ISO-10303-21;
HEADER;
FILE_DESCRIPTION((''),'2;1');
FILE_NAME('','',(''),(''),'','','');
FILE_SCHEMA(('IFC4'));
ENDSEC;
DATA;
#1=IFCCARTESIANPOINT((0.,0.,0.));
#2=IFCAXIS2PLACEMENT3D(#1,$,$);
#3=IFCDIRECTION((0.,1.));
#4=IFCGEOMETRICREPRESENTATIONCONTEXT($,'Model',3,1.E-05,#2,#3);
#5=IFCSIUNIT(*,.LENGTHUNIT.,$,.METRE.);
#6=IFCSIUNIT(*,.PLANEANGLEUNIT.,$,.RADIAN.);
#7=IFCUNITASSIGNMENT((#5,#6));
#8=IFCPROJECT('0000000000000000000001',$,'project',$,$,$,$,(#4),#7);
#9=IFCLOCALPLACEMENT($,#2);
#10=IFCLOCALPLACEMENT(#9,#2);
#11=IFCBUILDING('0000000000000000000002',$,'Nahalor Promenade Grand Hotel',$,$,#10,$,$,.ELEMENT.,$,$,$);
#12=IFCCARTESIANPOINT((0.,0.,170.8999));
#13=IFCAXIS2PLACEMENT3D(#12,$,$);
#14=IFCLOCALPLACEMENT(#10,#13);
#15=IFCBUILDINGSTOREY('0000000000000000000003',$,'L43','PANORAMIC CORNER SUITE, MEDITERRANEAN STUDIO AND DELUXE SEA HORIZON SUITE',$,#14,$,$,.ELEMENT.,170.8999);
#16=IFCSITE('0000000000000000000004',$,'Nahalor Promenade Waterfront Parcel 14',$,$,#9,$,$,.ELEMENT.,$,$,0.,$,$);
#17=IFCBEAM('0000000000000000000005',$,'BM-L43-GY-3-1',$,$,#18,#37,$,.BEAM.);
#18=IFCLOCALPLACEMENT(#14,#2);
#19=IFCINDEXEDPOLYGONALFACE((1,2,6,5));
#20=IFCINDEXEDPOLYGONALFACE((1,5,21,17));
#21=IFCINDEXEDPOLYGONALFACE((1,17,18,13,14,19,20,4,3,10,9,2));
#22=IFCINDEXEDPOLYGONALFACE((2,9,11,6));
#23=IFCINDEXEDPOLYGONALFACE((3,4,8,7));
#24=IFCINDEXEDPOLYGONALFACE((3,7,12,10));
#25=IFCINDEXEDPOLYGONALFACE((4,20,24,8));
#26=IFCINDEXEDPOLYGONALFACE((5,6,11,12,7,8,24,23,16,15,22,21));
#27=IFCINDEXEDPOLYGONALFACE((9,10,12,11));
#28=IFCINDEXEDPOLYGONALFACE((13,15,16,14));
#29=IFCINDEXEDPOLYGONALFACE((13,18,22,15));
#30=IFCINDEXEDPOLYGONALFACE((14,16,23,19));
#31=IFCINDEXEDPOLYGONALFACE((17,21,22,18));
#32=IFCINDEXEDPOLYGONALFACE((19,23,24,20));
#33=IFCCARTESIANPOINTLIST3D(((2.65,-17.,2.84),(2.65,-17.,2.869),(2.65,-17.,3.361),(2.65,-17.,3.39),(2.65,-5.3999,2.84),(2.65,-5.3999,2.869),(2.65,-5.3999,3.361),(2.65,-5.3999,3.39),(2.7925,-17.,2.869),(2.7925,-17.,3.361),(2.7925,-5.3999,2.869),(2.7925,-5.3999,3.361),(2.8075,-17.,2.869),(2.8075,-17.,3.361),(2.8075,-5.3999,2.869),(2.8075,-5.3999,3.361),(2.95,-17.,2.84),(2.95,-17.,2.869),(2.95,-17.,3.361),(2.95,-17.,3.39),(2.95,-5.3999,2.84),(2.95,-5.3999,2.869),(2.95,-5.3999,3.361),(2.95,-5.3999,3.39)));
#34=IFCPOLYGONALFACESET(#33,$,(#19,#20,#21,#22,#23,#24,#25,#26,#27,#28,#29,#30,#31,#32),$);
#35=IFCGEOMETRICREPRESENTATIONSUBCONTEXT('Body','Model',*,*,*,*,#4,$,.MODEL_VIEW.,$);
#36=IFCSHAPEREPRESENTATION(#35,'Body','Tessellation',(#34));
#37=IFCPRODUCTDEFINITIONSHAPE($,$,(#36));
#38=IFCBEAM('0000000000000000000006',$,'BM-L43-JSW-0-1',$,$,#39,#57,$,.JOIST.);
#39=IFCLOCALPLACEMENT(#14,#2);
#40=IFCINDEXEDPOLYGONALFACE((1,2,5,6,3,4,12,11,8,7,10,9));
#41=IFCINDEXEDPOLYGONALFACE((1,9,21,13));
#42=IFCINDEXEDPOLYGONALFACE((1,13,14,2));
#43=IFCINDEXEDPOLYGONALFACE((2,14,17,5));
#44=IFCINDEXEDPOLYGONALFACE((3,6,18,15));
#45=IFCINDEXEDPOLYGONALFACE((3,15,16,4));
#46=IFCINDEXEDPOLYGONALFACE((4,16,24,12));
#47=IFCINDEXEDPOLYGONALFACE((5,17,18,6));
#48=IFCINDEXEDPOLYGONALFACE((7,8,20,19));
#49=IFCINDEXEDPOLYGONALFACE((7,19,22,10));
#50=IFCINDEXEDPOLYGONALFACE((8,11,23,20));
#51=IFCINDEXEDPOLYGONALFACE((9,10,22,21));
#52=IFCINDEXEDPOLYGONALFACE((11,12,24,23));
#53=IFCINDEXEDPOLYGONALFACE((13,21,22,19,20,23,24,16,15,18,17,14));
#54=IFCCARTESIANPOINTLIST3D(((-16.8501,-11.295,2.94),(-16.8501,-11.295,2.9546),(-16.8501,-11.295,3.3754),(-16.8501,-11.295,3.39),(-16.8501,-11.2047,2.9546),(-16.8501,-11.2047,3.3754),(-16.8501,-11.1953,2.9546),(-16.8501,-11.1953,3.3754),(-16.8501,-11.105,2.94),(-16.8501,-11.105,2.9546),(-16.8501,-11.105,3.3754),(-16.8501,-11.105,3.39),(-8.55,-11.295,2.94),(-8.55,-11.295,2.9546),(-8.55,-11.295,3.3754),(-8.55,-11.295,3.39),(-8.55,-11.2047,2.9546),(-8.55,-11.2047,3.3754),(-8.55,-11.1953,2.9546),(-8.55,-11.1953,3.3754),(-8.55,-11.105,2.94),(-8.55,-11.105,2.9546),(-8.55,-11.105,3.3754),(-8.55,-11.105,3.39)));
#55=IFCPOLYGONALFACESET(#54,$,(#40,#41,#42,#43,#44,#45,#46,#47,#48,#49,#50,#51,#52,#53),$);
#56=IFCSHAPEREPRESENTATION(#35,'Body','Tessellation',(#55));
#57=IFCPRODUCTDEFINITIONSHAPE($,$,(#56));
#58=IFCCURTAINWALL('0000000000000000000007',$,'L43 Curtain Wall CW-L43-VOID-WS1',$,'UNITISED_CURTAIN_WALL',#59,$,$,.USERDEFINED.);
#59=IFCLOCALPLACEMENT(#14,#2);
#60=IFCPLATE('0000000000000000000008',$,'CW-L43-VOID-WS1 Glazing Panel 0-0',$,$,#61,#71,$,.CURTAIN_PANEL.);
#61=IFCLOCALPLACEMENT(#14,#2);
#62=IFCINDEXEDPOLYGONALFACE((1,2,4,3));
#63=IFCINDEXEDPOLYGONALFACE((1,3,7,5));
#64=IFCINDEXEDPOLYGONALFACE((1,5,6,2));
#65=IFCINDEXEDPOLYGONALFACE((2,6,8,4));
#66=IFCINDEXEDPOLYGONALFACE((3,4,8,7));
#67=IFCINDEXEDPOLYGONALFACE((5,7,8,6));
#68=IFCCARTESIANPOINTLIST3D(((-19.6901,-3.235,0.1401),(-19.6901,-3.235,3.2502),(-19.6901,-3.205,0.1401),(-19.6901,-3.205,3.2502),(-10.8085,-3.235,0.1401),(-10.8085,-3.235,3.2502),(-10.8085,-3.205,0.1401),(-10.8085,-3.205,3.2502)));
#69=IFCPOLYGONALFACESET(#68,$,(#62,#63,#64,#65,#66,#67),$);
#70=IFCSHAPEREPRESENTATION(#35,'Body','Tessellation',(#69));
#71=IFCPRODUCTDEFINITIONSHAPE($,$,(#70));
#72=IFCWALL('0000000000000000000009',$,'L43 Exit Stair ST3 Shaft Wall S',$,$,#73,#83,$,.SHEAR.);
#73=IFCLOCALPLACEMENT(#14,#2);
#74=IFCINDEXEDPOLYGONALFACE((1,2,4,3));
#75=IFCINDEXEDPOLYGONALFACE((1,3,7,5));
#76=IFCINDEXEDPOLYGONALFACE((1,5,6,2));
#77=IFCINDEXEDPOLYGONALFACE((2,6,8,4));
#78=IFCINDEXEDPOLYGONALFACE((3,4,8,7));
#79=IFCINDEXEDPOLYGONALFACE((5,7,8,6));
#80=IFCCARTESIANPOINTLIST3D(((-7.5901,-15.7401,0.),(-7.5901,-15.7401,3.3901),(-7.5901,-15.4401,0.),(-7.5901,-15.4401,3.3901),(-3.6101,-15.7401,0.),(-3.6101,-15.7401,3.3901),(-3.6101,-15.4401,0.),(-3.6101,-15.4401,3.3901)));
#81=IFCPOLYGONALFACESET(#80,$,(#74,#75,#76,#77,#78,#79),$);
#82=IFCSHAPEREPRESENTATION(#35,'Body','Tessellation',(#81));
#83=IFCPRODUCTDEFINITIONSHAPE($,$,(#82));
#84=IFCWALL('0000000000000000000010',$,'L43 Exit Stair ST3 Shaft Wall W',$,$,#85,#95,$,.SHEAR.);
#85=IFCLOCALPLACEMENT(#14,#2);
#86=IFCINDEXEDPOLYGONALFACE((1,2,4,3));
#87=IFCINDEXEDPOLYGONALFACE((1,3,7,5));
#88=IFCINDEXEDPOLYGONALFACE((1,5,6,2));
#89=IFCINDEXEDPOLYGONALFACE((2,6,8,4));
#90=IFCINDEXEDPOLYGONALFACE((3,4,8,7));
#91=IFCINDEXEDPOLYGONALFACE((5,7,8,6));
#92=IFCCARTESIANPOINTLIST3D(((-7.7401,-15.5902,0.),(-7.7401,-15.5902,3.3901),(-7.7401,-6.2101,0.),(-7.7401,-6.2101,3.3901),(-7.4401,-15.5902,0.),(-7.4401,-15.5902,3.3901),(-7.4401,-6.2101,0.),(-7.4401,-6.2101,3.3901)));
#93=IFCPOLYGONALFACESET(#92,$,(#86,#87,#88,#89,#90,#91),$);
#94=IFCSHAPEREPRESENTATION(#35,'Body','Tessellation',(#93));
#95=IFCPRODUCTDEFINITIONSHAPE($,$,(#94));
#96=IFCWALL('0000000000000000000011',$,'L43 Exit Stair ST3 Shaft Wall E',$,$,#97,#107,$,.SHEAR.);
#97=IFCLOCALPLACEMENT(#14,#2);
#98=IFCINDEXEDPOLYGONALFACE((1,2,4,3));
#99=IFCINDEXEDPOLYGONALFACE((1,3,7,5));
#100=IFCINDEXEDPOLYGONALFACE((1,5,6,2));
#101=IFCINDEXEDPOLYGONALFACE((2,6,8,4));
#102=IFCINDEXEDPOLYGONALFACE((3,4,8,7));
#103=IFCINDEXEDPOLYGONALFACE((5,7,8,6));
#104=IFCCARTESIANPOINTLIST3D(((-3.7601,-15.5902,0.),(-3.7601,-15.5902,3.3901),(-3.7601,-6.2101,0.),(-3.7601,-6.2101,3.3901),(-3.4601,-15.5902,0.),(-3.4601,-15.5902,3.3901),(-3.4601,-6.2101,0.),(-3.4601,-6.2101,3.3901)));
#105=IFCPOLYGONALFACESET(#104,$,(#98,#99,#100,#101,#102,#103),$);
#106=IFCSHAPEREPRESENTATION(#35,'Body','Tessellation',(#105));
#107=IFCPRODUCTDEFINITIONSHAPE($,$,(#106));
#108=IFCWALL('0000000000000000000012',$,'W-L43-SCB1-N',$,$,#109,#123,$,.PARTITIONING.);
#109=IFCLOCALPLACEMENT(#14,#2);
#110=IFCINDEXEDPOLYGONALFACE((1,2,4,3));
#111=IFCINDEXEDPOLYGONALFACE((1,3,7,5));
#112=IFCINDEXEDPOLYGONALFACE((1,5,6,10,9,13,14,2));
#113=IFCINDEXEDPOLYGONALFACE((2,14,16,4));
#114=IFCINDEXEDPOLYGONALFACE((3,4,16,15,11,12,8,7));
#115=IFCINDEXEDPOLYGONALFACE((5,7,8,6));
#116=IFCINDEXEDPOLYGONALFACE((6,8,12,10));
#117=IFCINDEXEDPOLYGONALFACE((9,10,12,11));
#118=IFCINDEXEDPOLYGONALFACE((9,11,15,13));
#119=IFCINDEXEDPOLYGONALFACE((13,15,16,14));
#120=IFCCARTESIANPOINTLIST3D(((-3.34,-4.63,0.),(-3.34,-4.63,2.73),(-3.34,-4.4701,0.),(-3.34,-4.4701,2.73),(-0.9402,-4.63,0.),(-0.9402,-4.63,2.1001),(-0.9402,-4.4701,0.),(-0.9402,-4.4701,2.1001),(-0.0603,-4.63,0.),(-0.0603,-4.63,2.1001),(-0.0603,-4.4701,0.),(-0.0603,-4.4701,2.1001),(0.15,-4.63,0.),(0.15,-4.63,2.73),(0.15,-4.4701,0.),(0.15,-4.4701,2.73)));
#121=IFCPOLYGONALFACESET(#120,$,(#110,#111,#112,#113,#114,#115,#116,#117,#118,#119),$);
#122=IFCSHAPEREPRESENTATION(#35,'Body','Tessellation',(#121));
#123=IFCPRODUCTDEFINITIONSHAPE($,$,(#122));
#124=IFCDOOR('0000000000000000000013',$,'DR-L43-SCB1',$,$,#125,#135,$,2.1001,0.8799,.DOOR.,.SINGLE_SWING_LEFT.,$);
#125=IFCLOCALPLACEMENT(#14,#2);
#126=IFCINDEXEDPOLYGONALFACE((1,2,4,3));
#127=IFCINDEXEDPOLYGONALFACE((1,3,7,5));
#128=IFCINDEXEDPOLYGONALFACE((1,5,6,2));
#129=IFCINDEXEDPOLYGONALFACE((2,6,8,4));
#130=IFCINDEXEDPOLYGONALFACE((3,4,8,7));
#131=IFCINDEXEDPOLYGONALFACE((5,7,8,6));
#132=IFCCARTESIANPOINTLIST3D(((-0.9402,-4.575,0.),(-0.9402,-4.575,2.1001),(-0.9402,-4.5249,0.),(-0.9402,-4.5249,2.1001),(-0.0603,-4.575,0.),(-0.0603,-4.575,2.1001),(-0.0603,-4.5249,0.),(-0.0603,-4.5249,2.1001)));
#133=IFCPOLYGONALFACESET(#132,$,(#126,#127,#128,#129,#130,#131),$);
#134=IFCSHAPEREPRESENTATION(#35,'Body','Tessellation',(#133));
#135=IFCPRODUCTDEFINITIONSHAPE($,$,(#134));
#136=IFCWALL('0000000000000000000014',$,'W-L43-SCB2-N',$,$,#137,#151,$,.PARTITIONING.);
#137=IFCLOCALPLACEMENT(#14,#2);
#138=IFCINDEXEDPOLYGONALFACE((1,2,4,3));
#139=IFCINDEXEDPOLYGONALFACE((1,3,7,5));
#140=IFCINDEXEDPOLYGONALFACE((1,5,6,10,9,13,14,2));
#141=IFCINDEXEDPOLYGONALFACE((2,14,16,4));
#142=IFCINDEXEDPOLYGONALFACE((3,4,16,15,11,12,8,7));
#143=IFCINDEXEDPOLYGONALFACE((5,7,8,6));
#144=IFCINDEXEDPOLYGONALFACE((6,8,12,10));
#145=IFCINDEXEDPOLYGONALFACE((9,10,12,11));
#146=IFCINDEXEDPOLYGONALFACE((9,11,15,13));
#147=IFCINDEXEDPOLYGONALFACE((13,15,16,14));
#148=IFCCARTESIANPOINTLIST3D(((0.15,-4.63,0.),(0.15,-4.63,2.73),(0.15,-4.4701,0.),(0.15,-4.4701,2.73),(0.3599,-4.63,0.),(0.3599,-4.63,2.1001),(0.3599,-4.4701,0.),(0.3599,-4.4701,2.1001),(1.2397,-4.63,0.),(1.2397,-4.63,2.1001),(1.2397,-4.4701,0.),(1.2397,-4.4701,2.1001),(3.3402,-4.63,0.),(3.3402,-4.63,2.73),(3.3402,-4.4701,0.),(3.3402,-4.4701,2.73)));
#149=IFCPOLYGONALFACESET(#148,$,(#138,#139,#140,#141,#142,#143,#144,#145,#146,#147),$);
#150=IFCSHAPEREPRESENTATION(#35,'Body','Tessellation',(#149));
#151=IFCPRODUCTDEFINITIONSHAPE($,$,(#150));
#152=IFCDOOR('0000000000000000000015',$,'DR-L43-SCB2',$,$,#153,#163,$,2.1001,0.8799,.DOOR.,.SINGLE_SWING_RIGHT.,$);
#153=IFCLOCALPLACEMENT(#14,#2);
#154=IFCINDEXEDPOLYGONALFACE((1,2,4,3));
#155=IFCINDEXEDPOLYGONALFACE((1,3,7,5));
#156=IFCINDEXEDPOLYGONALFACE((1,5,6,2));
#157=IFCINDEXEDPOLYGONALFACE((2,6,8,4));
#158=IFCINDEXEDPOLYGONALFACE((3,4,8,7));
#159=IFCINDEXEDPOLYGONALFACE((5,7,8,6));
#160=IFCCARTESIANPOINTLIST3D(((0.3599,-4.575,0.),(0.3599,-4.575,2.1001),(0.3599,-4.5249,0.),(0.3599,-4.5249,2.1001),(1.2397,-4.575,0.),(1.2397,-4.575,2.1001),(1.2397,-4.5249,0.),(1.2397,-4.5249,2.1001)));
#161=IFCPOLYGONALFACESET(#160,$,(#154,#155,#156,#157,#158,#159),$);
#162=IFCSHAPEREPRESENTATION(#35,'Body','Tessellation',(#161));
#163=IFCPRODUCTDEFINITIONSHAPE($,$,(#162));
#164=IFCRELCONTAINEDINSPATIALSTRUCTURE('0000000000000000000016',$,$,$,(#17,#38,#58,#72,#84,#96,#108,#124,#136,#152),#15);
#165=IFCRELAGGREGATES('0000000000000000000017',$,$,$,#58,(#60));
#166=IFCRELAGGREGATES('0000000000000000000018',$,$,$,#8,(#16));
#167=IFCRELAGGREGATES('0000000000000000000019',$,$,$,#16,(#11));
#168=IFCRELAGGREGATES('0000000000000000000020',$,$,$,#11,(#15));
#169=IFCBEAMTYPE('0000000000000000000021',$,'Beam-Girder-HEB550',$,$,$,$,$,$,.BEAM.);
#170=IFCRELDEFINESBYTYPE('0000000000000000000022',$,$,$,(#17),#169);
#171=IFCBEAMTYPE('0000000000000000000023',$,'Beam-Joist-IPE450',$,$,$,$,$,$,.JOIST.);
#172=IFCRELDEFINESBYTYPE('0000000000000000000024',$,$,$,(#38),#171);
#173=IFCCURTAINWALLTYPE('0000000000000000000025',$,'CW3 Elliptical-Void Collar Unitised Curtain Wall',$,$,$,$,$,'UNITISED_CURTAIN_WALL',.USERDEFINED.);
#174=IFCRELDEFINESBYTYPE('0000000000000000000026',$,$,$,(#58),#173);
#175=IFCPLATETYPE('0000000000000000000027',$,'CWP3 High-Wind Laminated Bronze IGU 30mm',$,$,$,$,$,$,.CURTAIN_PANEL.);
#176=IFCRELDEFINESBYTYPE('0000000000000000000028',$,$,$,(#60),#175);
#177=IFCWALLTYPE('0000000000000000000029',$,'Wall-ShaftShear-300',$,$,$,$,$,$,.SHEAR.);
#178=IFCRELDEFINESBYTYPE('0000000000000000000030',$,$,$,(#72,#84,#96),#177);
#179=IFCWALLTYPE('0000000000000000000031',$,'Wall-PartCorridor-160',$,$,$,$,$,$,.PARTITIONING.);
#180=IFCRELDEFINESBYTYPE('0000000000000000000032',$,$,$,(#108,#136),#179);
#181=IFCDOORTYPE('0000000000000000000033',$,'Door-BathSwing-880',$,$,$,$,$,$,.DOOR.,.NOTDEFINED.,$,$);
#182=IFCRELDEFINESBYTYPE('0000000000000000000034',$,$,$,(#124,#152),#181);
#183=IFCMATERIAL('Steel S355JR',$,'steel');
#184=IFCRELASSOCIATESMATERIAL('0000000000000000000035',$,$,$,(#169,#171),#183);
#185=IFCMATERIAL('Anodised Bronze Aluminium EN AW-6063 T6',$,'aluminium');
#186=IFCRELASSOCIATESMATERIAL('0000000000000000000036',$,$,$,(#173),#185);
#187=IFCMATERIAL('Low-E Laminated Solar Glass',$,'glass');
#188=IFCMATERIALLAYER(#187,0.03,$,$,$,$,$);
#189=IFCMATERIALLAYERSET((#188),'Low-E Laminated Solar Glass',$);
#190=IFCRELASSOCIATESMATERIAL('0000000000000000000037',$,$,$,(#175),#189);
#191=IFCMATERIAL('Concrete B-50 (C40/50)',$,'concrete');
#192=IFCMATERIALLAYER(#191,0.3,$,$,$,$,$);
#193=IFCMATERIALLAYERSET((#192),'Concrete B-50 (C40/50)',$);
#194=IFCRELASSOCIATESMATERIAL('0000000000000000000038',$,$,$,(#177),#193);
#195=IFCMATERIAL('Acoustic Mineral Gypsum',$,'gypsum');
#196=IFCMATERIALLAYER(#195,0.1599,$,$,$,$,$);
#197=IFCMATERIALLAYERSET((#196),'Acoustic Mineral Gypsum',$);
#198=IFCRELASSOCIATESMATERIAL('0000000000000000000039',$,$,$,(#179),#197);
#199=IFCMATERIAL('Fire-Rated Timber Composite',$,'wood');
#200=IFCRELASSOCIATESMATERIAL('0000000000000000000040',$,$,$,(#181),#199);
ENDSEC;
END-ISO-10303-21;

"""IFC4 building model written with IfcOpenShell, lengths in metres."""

from ifc_helpers import new_model, si_unit, direction, frame, frame_2d, origin, origin_2d, place, context, subcontext, project, spatial, rectangle, i_section, extrude, source, transform, mapped, material, layer, layer_set, material_profile, profile_set, type_object, element, fill, aggregate, save


model = new_model("IFC4")

# Units and contexts
model_context = context("Model", 3, precision=1e-05, world=origin(), true_north=direction((0.0, 1.0)))
body_context = subcontext(model_context, "Body", "Model", "MODEL_VIEW")
ifc_project = project(units=[si_unit("LENGTHUNIT", "METRE"), si_unit("PLANEANGLEUNIT", "RADIAN")], contexts=[model_context])

# Site, building, storey
site_placement = place(None, origin())
site = spatial("IfcSite", under=ifc_project, at=site_placement, Name="Nahalor Promenade Waterfront Parcel 14", CompositionType="ELEMENT", RefElevation=0.0)
building_placement = place(site_placement, origin())
building = spatial("IfcBuilding", under=site, at=building_placement, Name="Nahalor Promenade Grand Hotel", CompositionType="ELEMENT")
storey_placement = place(building_placement, frame((0.0, 0.0, 170.8999)))
storey = spatial("IfcBuildingStorey", under=building, at=storey_placement, Name="L43", Description="PANORAMIC CORNER SUITE, MEDITERRANEAN STUDIO AND DELUXE SEA HORIZON SUITE", CompositionType="ELEMENT", Elevation=170.8999)

# Beams
ifc_material_1 = material(Name="Steel S355JR", Category="steel")
ifc_material_profile_1 = material_profile(ifc_material_1, i_section(OverallWidth=0.3, OverallDepth=0.55, WebThickness=0.015, FlangeThickness=0.029, at=origin_2d()), Name="HEB 550")
ifc_profile_set_1 = profile_set([ifc_material_profile_1], Name="Steel S355JR")
beam_type_1 = type_object("IfcBeamType", Name="Beam-Girder-HEB550", PredefinedType="BEAM", material=ifc_profile_set_1)
shared_shape_1 = source(origin(), body_context, "Body", "SweptSolid", [
    extrude(i_section(OverallWidth=0.3, OverallDepth=0.55, WebThickness=0.015, FlangeThickness=0.029, at=origin_2d()), origin(), (0.0, 0.0, 1.0), 11.6001),
])
for number, where, z_axis, x_axis, name in (
    (1, (2.8, -17.0, 3.115), (0.0, 1.0, 0.0), (-1.0, 0.0, 0.0), "BM-L43-GY-3-1"),
):
    element("IfcBeam", number, at=place(storey_placement, frame(where, z_axis=z_axis, x_axis=x_axis)), inside=storey, type_object=beam_type_1, Name=name, PredefinedType="BEAM", context=body_context, shape_type="MappedRepresentation", body=[
        mapped(shared_shape_1, transform((0.0, 0.0, 0.0), scale=1.0)),
    ])
ifc_material_profile_2 = material_profile(ifc_material_1, i_section(OverallWidth=0.19, OverallDepth=0.45, WebThickness=0.0094, FlangeThickness=0.0146, at=origin_2d()), Name="IPE 450")
ifc_profile_set_2 = profile_set([ifc_material_profile_2], Name="Steel S355JR")
beam_type_2 = type_object("IfcBeamType", Name="Beam-Joist-IPE450", PredefinedType="JOIST", material=ifc_profile_set_2)
shared_shape_2 = source(origin(), body_context, "Body", "SweptSolid", [
    extrude(i_section(OverallWidth=0.19, OverallDepth=0.45, WebThickness=0.0094, FlangeThickness=0.0146, at=origin_2d()), origin(), (0.0, 0.0, 1.0), 8.3),
])
beam_1_placement = place(storey_placement, frame((-16.8501, -11.2, 3.165), z_axis=(1.0, 0.0, 0.0), x_axis=(0.0, 1.0, 0.0)))
element("IfcBeam", 2, at=beam_1_placement, inside=storey, type_object=beam_type_2, Name="BM-L43-JSW-0-1", PredefinedType="JOIST", context=body_context, shape_type="MappedRepresentation", body=[
    mapped(shared_shape_2, transform((0.0, 0.0, 0.0), scale=1.0)),
])

# Curtain wall, plate
ifc_material_2 = material(Name="Anodised Bronze Aluminium EN AW-6063 T6", Category="aluminium")
curtain_wall_type = type_object("IfcCurtainWallType", Name="CW3 Elliptical-Void Collar Unitised Curtain Wall", ElementType="UNITISED_CURTAIN_WALL", PredefinedType="USERDEFINED", material=ifc_material_2)
curtain_wall_placement = place(storey_placement, origin())
curtain_wall = element("IfcCurtainWall", 3, at=curtain_wall_placement, inside=storey, type_object=curtain_wall_type, Name="L43 Curtain Wall CW-L43-VOID-WS1", ObjectType="UNITISED_CURTAIN_WALL", PredefinedType="USERDEFINED")
ifc_material_3 = material(Name="Low-E Laminated Solar Glass", Category="glass")
ifc_layer_1 = layer(ifc_material_3, 0.03)
ifc_layer_set_1 = layer_set([ifc_layer_1], Name="Low-E Laminated Solar Glass")
plate_type = type_object("IfcPlateType", Name="CWP3 High-Wind Laminated Bronze IGU 30mm", PredefinedType="CURTAIN_PANEL", material=ifc_layer_set_1)
shared_shape_3 = source(origin(), body_context, "Body", "SweptSolid", [
    extrude(rectangle(XDim=8.8816, YDim=0.03, at=origin_2d()), origin(), (0.0, 0.0, 1.0), 3.1101),
])
plate_placement = place(storey_placement, frame((-15.2493, -3.22, 0.1401), z_axis=(0.0, 0.0, 1.0), x_axis=(1.0, 0.0, 0.0)))
plate = element("IfcPlate", 4, at=plate_placement, type_object=plate_type, Name="CW-L43-VOID-WS1 Glazing Panel 0-0", PredefinedType="CURTAIN_PANEL", context=body_context, shape_type="MappedRepresentation", body=[
    mapped(shared_shape_3, transform((0.0, 0.0, 0.0), scale=1.0)),
])
aggregate(curtain_wall, [plate])

# Wall
ifc_material_4 = material(Name="Concrete B-50 (C40/50)", Category="concrete")
ifc_layer_2 = layer(ifc_material_4, 0.3)
ifc_layer_set_2 = layer_set([ifc_layer_2], Name="Concrete B-50 (C40/50)")
wall_type_1 = type_object("IfcWallType", Name="Wall-ShaftShear-300", PredefinedType="SHEAR", material=ifc_layer_set_2)
shared_shape_4 = source(origin(), body_context, "Body", "SweptSolid", [
    extrude(rectangle(XDim=3.98, YDim=0.3, at=frame_2d((1.99, 0.0))), origin(), (0.0, 0.0, 1.0), 3.3901),
])
wall_1_placement = place(storey_placement, frame((-7.5901, -15.5901, 0.0), z_axis=(0.0, 0.0, 1.0), x_axis=(1.0, 0.0, 0.0)))
element("IfcWall", 5, at=wall_1_placement, inside=storey, type_object=wall_type_1, Name="L43 Exit Stair ST3 Shaft Wall S", PredefinedType="SHEAR", context=body_context, shape_type="MappedRepresentation", body=[
    mapped(shared_shape_4, transform((0.0, 0.0, 0.0), scale=1.0)),
])

# Walls
shared_shape_5 = source(origin(), body_context, "Body", "SweptSolid", [
    extrude(rectangle(XDim=9.3801, YDim=0.3, at=frame_2d((4.6899, 0.0))), origin(), (0.0, 0.0, 1.0), 3.3901),
])
for number, where, z_axis, x_axis, name in (
    (6, (-7.5901, -15.5901, 0.0), (0.0, 0.0, 1.0), (0.0, 1.0, 0.0), "L43 Exit Stair ST3 Shaft Wall W"),
    (7, (-3.6101, -15.5901, 0.0), (0.0, 0.0, 1.0), (0.0, 1.0, 0.0), "L43 Exit Stair ST3 Shaft Wall E"),
):
    element("IfcWall", number, at=place(storey_placement, frame(where, z_axis=z_axis, x_axis=x_axis)), inside=storey, type_object=wall_type_1, Name=name, PredefinedType="SHEAR", context=body_context, shape_type="MappedRepresentation", body=[
        mapped(shared_shape_5, transform((0.0, 0.0, 0.0), scale=1.0)),
    ])

# Walls, openings, doors
ifc_material_5 = material(Name="Acoustic Mineral Gypsum", Category="gypsum")
ifc_layer_3 = layer(ifc_material_5, 0.1599)
ifc_layer_set_3 = layer_set([ifc_layer_3], Name="Acoustic Mineral Gypsum")
wall_type_2 = type_object("IfcWallType", Name="Wall-PartCorridor-160", PredefinedType="PARTITIONING", material=ifc_layer_set_3)
shared_shape_6 = source(origin(), body_context, "Body", "SweptSolid", [
    extrude(rectangle(XDim=3.49, YDim=0.1599, at=frame_2d((1.7451, 0.0))), origin(), (0.0, 0.0, 1.0), 2.73),
])
wall_2_placement = place(storey_placement, frame((-3.3401, -4.55, 0.0), z_axis=(0.0, 0.0, 1.0), x_axis=(1.0, 0.0, 0.0)))
wall_2 = element("IfcWall", 8, at=wall_2_placement, inside=storey, type_object=wall_type_2, Name="W-L43-SCB1-N", PredefinedType="PARTITIONING", context=body_context, shape_type="MappedRepresentation", body=[
    mapped(shared_shape_6, transform((0.0, 0.0, 0.0), scale=1.0)),
])
opening_1_placement = place(wall_2_placement, frame((2.3999, 0.0, 0.0)))
opening_1 = element("IfcOpeningElement", 9, at=opening_1_placement, cuts=wall_2, PredefinedType="OPENING", context=body_context, shape_type="SweptSolid", body=[
    extrude(rectangle(XDim=0.8799, YDim=2.1001, at=frame_2d((0.4399, 1.05))), frame((0.0, 0.0898, 0.0), z_axis=(0.0, -1.0, 0.0), x_axis=(1.0, 0.0, 0.0)), (0.0, 0.0, 1.0), 0.1799),
])
ifc_material_6 = material(Name="Fire-Rated Timber Composite", Category="wood")
door_type_1 = type_object("IfcDoorType", Name="Door-BathSwing-880", OperationType="NOTDEFINED", PredefinedType="DOOR", material=ifc_material_6)
shared_shape_7 = source(origin(), body_context, "Body", "SweptSolid", [
    extrude(rectangle(XDim=0.8799, YDim=2.1001, at=frame_2d((0.4399, 1.05))), frame((0.0, 0.0249, 0.0), z_axis=(0.0, -1.0, 0.0), x_axis=(1.0, 0.0, 0.0)), (0.0, 0.0, 1.0), 0.05),
])
door_1_placement = place(opening_1_placement, frame((0.8799, 0.0, 0.0), z_axis=(0.0, 0.0, 1.0), x_axis=(-1.0, 0.0, 0.0)))
door_1 = element("IfcDoor", 10, at=door_1_placement, inside=storey, type_object=door_type_1, Name="DR-L43-SCB1", OperationType="SINGLE_SWING_LEFT", OverallHeight=2.1001, OverallWidth=0.8799, PredefinedType="DOOR", context=body_context, shape_type="MappedRepresentation", body=[
    mapped(shared_shape_7, transform((0.0, 0.0, 0.0), scale=1.0)),
])
fill(opening_1, door_1)
shared_shape_8 = source(origin(), body_context, "Body", "SweptSolid", [
    extrude(rectangle(XDim=3.1902, YDim=0.1599, at=frame_2d((1.5952, 0.0))), origin(), (0.0, 0.0, 1.0), 2.73),
])
wall_3_placement = place(storey_placement, frame((0.1499, -4.55, 0.0), z_axis=(0.0, 0.0, 1.0), x_axis=(1.0, 0.0, 0.0)))
wall_3 = element("IfcWall", 11, at=wall_3_placement, inside=storey, type_object=wall_type_2, Name="W-L43-SCB2-N", PredefinedType="PARTITIONING", context=body_context, shape_type="MappedRepresentation", body=[
    mapped(shared_shape_8, transform((0.0, 0.0, 0.0), scale=1.0)),
])
opening_2_placement = place(wall_3_placement, frame((0.21, 0.0, 0.0)))
opening_2 = element("IfcOpeningElement", 12, at=opening_2_placement, cuts=wall_3, PredefinedType="OPENING", context=body_context, shape_type="SweptSolid", body=[
    extrude(rectangle(XDim=0.8799, YDim=2.1001, at=frame_2d((0.4399, 1.05))), frame((0.0, 0.0898, 0.0), z_axis=(0.0, -1.0, 0.0), x_axis=(1.0, 0.0, 0.0)), (0.0, 0.0, 1.0), 0.1799),
])
door_2_placement = place(opening_2_placement, frame((0.8799, 0.0, 0.0), z_axis=(0.0, 0.0, 1.0), x_axis=(-1.0, 0.0, 0.0)))
door_2 = element("IfcDoor", 13, at=door_2_placement, inside=storey, type_object=door_type_1, Name="DR-L43-SCB2", OperationType="SINGLE_SWING_RIGHT", OverallHeight=2.1001, OverallWidth=0.8799, PredefinedType="DOOR", context=body_context, shape_type="MappedRepresentation", body=[
    mapped(shared_shape_7, transform((0.0, 0.0, 0.0), scale=1.0)),
])
fill(opening_2, door_2)

save(model, "model.ifc")
